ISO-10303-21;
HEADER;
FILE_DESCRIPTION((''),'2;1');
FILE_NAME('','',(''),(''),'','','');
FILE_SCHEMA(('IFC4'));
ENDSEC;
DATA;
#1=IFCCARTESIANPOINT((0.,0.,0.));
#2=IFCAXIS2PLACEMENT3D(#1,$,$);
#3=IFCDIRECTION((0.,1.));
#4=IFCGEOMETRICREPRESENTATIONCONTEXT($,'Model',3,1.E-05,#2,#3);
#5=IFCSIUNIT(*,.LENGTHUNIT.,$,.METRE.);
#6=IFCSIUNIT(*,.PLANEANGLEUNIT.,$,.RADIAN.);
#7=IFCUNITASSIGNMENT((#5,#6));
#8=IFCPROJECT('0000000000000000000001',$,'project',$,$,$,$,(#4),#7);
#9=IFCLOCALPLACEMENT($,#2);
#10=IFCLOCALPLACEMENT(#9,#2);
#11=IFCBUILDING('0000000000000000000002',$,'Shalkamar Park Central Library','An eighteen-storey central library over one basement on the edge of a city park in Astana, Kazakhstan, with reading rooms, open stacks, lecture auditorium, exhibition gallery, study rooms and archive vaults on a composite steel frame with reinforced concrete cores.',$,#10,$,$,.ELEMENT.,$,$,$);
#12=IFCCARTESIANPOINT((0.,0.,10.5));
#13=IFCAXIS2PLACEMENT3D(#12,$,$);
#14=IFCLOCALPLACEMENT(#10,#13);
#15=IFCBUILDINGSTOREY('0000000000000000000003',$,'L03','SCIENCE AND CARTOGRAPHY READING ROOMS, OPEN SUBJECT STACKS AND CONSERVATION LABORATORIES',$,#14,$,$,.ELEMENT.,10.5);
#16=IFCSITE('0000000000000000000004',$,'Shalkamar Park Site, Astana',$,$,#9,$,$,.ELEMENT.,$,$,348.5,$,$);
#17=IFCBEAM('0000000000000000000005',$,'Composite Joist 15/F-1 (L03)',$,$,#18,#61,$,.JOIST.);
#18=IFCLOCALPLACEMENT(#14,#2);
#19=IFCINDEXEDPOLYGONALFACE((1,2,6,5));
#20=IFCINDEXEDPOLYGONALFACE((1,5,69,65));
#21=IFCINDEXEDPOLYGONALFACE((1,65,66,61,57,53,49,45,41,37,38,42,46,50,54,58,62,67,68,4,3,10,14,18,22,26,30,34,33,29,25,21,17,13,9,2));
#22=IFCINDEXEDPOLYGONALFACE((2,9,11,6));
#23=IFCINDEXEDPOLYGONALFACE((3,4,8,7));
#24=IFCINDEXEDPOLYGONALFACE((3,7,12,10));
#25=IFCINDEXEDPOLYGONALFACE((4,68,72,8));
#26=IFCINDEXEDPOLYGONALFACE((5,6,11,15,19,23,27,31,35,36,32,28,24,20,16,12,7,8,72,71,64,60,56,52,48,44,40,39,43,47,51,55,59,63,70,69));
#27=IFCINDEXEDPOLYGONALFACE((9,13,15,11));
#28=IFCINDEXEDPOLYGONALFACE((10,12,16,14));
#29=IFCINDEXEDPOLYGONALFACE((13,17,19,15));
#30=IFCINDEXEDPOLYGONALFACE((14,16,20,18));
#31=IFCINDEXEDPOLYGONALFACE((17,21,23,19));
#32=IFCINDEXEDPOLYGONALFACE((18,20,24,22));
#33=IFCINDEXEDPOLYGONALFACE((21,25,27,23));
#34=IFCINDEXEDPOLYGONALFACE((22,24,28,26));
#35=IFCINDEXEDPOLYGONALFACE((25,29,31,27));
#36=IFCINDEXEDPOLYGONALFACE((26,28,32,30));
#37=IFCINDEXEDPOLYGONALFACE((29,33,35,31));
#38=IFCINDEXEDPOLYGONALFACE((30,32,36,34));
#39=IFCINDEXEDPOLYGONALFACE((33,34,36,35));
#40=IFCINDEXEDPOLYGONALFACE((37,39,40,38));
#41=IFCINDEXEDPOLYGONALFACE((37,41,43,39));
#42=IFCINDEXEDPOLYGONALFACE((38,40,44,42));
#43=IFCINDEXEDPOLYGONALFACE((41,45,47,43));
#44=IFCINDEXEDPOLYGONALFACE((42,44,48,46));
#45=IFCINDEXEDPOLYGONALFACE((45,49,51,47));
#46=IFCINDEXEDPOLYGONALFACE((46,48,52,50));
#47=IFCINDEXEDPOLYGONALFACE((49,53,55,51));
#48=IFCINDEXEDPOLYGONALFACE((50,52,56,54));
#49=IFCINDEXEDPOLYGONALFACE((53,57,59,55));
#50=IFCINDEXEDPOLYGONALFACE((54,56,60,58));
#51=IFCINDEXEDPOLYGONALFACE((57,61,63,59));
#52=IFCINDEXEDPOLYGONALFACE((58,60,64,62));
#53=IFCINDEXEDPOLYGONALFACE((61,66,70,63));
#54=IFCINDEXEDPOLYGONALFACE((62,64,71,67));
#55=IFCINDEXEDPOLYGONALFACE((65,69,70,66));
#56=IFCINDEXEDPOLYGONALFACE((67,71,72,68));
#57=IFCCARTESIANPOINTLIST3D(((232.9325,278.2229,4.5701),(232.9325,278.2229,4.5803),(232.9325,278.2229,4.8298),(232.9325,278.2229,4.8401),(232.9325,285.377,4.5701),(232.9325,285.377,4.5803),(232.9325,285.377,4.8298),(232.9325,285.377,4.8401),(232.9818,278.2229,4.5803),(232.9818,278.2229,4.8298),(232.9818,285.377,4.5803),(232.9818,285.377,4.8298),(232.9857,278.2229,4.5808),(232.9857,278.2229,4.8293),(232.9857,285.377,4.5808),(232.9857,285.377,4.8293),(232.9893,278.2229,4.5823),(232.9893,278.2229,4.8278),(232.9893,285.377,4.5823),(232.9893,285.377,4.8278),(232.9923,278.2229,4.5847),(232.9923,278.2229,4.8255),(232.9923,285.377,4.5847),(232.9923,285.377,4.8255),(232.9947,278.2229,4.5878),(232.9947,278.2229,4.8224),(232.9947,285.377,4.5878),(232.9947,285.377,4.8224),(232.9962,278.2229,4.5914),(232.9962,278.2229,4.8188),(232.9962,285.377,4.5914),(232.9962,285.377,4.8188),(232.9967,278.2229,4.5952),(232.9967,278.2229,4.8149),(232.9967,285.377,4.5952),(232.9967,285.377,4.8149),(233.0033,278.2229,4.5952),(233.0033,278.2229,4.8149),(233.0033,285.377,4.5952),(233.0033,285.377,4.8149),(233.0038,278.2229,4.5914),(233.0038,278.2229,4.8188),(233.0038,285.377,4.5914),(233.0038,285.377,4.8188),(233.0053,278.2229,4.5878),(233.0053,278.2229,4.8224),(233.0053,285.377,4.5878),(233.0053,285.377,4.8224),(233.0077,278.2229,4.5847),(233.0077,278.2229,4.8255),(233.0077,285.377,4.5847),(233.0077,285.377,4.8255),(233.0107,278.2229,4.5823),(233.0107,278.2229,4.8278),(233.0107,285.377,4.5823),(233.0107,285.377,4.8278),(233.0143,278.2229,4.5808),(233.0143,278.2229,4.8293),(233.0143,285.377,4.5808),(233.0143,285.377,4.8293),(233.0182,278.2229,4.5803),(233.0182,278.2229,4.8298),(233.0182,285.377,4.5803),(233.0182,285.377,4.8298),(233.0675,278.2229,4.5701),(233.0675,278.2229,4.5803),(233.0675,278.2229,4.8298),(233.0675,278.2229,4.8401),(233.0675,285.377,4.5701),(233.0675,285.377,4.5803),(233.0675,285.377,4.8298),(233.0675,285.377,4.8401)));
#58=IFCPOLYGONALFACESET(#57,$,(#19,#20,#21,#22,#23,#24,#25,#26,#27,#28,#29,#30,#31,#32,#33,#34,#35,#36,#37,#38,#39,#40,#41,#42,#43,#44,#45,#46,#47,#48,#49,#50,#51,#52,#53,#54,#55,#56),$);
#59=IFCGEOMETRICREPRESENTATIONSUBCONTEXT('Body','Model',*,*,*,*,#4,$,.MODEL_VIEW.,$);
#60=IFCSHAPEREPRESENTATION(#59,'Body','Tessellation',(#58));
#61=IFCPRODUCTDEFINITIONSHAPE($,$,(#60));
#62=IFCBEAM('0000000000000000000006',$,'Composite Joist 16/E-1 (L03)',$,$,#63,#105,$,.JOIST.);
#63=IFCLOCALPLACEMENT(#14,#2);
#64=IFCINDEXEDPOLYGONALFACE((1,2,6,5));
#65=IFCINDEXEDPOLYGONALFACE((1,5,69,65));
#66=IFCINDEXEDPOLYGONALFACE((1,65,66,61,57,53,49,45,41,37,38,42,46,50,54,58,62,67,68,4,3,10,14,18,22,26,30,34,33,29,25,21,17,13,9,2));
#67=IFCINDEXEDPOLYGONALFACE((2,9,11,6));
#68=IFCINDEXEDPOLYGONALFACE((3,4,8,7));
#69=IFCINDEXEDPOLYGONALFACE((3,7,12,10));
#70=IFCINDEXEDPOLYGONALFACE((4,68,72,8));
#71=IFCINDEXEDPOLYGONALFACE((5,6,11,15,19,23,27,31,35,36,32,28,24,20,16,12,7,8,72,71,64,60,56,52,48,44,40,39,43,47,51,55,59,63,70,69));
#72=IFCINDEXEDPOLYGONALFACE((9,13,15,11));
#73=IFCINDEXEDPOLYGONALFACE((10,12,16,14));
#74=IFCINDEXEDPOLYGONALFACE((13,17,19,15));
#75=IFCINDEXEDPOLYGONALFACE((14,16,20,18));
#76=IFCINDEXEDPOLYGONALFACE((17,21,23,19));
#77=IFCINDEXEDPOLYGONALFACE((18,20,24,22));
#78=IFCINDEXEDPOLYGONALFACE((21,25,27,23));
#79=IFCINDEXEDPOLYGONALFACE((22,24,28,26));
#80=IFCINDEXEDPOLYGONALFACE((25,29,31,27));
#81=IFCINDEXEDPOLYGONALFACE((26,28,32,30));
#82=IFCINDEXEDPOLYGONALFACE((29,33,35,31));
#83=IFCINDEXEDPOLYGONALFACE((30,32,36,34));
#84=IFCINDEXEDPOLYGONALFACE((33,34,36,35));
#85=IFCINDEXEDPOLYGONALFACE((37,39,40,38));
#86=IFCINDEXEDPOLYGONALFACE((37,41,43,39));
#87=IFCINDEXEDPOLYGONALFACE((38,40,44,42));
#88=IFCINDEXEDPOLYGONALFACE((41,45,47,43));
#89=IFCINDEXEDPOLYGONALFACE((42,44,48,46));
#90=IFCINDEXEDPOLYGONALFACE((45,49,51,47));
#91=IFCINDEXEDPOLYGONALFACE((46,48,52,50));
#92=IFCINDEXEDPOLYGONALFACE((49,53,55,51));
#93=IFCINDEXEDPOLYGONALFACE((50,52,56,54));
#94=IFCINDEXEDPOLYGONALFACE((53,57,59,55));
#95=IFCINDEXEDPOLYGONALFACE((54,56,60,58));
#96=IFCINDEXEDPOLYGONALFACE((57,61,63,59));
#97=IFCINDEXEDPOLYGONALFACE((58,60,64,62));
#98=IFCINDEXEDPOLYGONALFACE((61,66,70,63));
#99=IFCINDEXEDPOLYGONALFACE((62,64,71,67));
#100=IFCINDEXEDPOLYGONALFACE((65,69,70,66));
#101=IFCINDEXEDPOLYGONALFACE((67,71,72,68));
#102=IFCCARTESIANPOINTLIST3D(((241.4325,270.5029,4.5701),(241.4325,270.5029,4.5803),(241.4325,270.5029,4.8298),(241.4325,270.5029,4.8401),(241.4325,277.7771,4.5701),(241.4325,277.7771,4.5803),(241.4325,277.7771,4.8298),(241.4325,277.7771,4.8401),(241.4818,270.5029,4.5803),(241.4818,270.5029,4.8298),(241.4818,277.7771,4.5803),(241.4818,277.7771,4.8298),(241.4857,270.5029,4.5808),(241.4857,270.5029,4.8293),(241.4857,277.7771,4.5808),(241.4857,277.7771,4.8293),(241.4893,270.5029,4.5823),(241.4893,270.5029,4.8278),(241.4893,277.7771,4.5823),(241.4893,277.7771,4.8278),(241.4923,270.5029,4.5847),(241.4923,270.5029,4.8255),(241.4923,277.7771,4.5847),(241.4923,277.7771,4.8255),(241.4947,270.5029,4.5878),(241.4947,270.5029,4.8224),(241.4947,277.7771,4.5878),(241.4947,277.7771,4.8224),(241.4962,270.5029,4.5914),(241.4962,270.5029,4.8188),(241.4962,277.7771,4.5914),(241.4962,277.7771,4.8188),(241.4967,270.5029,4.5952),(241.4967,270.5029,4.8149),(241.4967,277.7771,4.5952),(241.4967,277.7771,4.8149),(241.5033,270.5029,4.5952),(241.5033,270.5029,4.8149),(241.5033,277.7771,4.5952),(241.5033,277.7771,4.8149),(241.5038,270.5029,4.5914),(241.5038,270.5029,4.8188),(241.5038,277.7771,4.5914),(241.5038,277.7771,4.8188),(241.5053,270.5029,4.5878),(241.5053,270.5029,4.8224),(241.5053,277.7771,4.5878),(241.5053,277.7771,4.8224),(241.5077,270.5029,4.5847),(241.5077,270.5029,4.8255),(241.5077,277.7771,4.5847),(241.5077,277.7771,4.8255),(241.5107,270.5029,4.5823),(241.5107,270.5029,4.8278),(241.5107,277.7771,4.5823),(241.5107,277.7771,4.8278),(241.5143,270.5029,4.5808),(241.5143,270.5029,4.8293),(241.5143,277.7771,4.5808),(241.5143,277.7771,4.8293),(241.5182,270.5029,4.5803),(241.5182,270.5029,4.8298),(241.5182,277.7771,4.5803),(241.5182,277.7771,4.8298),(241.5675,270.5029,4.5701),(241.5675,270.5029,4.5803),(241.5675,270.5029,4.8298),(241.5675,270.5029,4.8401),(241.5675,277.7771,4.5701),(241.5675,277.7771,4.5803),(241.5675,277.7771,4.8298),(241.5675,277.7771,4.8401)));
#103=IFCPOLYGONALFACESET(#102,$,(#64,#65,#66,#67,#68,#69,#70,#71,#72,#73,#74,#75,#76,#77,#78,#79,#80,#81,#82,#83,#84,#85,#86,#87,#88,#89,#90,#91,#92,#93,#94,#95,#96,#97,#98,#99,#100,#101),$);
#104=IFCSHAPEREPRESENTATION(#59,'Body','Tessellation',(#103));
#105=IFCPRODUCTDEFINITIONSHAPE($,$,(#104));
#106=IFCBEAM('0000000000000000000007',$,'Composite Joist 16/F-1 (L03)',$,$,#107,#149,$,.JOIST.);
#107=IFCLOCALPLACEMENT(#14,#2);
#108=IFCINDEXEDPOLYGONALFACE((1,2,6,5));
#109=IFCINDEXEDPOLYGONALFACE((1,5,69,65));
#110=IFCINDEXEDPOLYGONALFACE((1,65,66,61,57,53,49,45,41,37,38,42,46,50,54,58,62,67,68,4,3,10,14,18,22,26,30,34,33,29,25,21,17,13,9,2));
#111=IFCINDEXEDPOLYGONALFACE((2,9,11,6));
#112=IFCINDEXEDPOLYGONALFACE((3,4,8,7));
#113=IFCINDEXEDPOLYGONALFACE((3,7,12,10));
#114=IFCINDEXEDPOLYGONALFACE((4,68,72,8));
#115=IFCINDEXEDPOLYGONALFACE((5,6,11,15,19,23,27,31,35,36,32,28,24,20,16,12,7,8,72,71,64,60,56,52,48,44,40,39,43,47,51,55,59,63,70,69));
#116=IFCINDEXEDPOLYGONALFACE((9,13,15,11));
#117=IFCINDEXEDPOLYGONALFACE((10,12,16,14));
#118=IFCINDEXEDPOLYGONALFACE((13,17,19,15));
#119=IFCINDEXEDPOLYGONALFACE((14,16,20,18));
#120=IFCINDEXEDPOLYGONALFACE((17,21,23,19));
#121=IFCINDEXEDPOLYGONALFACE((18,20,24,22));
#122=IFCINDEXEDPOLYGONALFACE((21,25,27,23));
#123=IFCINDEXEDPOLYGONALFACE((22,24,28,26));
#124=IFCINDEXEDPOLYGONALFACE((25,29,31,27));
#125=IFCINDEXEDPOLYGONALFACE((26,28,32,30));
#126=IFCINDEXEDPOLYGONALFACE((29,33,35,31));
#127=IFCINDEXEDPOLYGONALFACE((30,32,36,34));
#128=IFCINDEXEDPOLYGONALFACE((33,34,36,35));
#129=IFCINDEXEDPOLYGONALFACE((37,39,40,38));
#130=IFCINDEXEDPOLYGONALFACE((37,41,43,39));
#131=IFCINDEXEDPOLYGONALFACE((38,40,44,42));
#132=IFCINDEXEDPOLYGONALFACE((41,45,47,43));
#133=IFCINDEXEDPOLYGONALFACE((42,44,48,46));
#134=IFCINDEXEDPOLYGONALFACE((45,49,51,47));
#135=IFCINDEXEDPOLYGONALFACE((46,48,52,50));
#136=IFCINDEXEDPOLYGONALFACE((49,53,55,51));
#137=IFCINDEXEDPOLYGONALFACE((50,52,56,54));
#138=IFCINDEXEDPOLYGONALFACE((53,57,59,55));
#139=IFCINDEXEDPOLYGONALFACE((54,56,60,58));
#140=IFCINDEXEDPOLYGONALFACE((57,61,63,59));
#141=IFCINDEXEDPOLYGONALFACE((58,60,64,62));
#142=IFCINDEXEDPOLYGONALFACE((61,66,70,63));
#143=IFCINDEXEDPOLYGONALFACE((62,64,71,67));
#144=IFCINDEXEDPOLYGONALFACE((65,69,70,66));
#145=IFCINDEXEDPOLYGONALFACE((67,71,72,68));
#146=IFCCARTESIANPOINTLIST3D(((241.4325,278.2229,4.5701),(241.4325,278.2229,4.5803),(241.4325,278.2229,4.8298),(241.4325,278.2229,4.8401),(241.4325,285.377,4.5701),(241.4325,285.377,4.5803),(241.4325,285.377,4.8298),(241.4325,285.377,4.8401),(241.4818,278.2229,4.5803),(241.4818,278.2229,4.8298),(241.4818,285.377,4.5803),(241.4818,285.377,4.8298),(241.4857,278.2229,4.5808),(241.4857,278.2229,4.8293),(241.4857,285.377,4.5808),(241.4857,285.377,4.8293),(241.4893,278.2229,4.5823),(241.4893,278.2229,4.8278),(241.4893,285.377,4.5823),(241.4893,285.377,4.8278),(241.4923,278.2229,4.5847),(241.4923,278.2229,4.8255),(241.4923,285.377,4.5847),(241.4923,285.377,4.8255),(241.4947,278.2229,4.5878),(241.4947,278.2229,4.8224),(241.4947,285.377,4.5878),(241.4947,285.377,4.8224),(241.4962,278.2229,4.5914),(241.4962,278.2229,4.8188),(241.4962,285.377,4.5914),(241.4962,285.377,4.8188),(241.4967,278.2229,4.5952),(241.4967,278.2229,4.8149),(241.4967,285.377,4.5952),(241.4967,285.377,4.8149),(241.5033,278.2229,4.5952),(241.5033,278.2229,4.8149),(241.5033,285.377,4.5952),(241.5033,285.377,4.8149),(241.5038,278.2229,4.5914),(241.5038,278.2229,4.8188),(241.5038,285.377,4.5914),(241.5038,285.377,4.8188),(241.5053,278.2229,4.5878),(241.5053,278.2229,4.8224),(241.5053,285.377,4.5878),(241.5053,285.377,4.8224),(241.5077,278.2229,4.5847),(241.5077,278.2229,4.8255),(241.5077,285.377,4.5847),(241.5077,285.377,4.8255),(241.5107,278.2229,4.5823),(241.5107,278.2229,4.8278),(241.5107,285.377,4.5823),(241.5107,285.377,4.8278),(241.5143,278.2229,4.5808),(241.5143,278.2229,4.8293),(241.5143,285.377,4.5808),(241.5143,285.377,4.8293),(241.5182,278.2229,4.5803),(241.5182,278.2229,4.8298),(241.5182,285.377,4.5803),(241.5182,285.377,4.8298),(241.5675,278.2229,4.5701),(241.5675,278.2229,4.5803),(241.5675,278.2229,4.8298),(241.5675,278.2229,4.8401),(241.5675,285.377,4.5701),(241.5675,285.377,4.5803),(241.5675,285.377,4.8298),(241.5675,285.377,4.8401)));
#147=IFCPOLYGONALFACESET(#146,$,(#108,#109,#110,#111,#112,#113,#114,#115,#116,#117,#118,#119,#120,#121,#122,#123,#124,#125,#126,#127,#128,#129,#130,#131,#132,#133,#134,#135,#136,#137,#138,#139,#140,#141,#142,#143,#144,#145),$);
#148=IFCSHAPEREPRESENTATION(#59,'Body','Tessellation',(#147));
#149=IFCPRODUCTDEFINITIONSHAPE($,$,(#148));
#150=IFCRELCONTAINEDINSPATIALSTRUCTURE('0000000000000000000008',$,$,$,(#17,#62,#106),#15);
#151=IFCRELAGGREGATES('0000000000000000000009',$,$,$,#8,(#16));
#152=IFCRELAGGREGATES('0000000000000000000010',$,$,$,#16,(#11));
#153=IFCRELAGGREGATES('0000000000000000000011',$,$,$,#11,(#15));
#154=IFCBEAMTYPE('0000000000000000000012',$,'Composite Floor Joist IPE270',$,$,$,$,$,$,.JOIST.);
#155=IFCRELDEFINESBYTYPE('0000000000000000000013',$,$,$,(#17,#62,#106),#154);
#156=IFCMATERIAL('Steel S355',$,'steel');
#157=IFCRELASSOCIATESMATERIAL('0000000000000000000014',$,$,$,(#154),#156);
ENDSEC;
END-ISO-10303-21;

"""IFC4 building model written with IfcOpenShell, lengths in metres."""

from ifc_helpers import new_model, si_unit, direction, frame, origin, origin_2d, place, context, subcontext, project, spatial, i_section, extrude, material, material_profile, profile_set, type_object, element, save


model = new_model("IFC4")

# Units and contexts
model_context = context("Model", 3, precision=1e-05, world=origin(), true_north=direction((0.0, 1.0)))
body_context = subcontext(model_context, "Body", "Model", "MODEL_VIEW")
ifc_project = project(units=[si_unit("LENGTHUNIT", "METRE"), si_unit("PLANEANGLEUNIT", "RADIAN")], contexts=[model_context])

# Site, building, storey
site_placement = place(None, origin())
site = spatial("IfcSite", under=ifc_project, at=site_placement, Name="Shalkamar Park Site, Astana", CompositionType="ELEMENT", RefElevation=348.5)
building_placement = place(site_placement, origin())
building = spatial("IfcBuilding", under=site, at=building_placement, Name="Shalkamar Park Central Library", Description="An eighteen-storey central library over one basement on the edge of a city park in Astana, Kazakhstan, with reading rooms, open stacks, lecture auditorium, exhibition gallery, study rooms and archive vaults on a composite steel frame with reinforced concrete cores.", CompositionType="ELEMENT")
storey_placement = place(building_placement, frame((0.0, 0.0, 10.5)))
storey = spatial("IfcBuildingStorey", under=building, at=storey_placement, Name="L03", Description="SCIENCE AND CARTOGRAPHY READING ROOMS, OPEN SUBJECT STACKS AND CONSERVATION LABORATORIES", CompositionType="ELEMENT", Elevation=10.5)

# Shared definitions
ifc_material_1 = material(Name="Steel S355", Category="steel")

# Beams
ifc_material_profile_1 = material_profile(ifc_material_1, i_section(OverallWidth=0.135, OverallDepth=0.27, WebThickness=0.0066, FlangeThickness=0.0103, FilletRadius=0.0149, at=origin_2d()), Name="IPE 270")
ifc_profile_set_1 = profile_set([ifc_material_profile_1], Name="Steel S355")
beam_type_1 = type_object("IfcBeamType", Name="Composite Floor Joist IPE270", PredefinedType="JOIST", material=ifc_profile_set_1)
beam_1_placement = place(storey_placement, frame((233.0, 278.2229, 4.7051), z_axis=(0.0, 1.0, 0.0), x_axis=(-1.0, 0.0, 0.0)))
element("IfcBeam", 1, at=beam_1_placement, inside=storey, type_object=beam_type_1, Name="Composite Joist 15/F-1 (L03)", PredefinedType="JOIST", context=body_context, shape_type="SweptSolid", body=[
    extrude(i_section(OverallWidth=0.135, OverallDepth=0.27, WebThickness=0.0066, FlangeThickness=0.0103, FilletRadius=0.0149, at=origin_2d()), origin(), (0.0, 0.0, 1.0), 7.1541),
])
beam_2_placement = place(storey_placement, frame((241.5, 270.5029, 4.7051), z_axis=(0.0, 1.0, 0.0), x_axis=(-1.0, 0.0, 0.0)))
element("IfcBeam", 2, at=beam_2_placement, inside=storey, type_object=beam_type_1, Name="Composite Joist 16/E-1 (L03)", PredefinedType="JOIST", context=body_context, shape_type="SweptSolid", body=[
    extrude(i_section(OverallWidth=0.135, OverallDepth=0.27, WebThickness=0.0066, FlangeThickness=0.0103, FilletRadius=0.0149, at=origin_2d()), origin(), (0.0, 0.0, 1.0), 7.2742),
])
beam_3_placement = place(storey_placement, frame((241.5, 278.2229, 4.7051), z_axis=(0.0, 1.0, 0.0), x_axis=(-1.0, 0.0, 0.0)))
element("IfcBeam", 3, at=beam_3_placement, inside=storey, type_object=beam_type_1, Name="Composite Joist 16/F-1 (L03)", PredefinedType="JOIST", context=body_context, shape_type="SweptSolid", body=[
    extrude(i_section(OverallWidth=0.135, OverallDepth=0.27, WebThickness=0.0066, FlangeThickness=0.0103, FilletRadius=0.0149, at=origin_2d()), origin(), (0.0, 0.0, 1.0), 7.1541),
])

save(model, "model.ifc")
